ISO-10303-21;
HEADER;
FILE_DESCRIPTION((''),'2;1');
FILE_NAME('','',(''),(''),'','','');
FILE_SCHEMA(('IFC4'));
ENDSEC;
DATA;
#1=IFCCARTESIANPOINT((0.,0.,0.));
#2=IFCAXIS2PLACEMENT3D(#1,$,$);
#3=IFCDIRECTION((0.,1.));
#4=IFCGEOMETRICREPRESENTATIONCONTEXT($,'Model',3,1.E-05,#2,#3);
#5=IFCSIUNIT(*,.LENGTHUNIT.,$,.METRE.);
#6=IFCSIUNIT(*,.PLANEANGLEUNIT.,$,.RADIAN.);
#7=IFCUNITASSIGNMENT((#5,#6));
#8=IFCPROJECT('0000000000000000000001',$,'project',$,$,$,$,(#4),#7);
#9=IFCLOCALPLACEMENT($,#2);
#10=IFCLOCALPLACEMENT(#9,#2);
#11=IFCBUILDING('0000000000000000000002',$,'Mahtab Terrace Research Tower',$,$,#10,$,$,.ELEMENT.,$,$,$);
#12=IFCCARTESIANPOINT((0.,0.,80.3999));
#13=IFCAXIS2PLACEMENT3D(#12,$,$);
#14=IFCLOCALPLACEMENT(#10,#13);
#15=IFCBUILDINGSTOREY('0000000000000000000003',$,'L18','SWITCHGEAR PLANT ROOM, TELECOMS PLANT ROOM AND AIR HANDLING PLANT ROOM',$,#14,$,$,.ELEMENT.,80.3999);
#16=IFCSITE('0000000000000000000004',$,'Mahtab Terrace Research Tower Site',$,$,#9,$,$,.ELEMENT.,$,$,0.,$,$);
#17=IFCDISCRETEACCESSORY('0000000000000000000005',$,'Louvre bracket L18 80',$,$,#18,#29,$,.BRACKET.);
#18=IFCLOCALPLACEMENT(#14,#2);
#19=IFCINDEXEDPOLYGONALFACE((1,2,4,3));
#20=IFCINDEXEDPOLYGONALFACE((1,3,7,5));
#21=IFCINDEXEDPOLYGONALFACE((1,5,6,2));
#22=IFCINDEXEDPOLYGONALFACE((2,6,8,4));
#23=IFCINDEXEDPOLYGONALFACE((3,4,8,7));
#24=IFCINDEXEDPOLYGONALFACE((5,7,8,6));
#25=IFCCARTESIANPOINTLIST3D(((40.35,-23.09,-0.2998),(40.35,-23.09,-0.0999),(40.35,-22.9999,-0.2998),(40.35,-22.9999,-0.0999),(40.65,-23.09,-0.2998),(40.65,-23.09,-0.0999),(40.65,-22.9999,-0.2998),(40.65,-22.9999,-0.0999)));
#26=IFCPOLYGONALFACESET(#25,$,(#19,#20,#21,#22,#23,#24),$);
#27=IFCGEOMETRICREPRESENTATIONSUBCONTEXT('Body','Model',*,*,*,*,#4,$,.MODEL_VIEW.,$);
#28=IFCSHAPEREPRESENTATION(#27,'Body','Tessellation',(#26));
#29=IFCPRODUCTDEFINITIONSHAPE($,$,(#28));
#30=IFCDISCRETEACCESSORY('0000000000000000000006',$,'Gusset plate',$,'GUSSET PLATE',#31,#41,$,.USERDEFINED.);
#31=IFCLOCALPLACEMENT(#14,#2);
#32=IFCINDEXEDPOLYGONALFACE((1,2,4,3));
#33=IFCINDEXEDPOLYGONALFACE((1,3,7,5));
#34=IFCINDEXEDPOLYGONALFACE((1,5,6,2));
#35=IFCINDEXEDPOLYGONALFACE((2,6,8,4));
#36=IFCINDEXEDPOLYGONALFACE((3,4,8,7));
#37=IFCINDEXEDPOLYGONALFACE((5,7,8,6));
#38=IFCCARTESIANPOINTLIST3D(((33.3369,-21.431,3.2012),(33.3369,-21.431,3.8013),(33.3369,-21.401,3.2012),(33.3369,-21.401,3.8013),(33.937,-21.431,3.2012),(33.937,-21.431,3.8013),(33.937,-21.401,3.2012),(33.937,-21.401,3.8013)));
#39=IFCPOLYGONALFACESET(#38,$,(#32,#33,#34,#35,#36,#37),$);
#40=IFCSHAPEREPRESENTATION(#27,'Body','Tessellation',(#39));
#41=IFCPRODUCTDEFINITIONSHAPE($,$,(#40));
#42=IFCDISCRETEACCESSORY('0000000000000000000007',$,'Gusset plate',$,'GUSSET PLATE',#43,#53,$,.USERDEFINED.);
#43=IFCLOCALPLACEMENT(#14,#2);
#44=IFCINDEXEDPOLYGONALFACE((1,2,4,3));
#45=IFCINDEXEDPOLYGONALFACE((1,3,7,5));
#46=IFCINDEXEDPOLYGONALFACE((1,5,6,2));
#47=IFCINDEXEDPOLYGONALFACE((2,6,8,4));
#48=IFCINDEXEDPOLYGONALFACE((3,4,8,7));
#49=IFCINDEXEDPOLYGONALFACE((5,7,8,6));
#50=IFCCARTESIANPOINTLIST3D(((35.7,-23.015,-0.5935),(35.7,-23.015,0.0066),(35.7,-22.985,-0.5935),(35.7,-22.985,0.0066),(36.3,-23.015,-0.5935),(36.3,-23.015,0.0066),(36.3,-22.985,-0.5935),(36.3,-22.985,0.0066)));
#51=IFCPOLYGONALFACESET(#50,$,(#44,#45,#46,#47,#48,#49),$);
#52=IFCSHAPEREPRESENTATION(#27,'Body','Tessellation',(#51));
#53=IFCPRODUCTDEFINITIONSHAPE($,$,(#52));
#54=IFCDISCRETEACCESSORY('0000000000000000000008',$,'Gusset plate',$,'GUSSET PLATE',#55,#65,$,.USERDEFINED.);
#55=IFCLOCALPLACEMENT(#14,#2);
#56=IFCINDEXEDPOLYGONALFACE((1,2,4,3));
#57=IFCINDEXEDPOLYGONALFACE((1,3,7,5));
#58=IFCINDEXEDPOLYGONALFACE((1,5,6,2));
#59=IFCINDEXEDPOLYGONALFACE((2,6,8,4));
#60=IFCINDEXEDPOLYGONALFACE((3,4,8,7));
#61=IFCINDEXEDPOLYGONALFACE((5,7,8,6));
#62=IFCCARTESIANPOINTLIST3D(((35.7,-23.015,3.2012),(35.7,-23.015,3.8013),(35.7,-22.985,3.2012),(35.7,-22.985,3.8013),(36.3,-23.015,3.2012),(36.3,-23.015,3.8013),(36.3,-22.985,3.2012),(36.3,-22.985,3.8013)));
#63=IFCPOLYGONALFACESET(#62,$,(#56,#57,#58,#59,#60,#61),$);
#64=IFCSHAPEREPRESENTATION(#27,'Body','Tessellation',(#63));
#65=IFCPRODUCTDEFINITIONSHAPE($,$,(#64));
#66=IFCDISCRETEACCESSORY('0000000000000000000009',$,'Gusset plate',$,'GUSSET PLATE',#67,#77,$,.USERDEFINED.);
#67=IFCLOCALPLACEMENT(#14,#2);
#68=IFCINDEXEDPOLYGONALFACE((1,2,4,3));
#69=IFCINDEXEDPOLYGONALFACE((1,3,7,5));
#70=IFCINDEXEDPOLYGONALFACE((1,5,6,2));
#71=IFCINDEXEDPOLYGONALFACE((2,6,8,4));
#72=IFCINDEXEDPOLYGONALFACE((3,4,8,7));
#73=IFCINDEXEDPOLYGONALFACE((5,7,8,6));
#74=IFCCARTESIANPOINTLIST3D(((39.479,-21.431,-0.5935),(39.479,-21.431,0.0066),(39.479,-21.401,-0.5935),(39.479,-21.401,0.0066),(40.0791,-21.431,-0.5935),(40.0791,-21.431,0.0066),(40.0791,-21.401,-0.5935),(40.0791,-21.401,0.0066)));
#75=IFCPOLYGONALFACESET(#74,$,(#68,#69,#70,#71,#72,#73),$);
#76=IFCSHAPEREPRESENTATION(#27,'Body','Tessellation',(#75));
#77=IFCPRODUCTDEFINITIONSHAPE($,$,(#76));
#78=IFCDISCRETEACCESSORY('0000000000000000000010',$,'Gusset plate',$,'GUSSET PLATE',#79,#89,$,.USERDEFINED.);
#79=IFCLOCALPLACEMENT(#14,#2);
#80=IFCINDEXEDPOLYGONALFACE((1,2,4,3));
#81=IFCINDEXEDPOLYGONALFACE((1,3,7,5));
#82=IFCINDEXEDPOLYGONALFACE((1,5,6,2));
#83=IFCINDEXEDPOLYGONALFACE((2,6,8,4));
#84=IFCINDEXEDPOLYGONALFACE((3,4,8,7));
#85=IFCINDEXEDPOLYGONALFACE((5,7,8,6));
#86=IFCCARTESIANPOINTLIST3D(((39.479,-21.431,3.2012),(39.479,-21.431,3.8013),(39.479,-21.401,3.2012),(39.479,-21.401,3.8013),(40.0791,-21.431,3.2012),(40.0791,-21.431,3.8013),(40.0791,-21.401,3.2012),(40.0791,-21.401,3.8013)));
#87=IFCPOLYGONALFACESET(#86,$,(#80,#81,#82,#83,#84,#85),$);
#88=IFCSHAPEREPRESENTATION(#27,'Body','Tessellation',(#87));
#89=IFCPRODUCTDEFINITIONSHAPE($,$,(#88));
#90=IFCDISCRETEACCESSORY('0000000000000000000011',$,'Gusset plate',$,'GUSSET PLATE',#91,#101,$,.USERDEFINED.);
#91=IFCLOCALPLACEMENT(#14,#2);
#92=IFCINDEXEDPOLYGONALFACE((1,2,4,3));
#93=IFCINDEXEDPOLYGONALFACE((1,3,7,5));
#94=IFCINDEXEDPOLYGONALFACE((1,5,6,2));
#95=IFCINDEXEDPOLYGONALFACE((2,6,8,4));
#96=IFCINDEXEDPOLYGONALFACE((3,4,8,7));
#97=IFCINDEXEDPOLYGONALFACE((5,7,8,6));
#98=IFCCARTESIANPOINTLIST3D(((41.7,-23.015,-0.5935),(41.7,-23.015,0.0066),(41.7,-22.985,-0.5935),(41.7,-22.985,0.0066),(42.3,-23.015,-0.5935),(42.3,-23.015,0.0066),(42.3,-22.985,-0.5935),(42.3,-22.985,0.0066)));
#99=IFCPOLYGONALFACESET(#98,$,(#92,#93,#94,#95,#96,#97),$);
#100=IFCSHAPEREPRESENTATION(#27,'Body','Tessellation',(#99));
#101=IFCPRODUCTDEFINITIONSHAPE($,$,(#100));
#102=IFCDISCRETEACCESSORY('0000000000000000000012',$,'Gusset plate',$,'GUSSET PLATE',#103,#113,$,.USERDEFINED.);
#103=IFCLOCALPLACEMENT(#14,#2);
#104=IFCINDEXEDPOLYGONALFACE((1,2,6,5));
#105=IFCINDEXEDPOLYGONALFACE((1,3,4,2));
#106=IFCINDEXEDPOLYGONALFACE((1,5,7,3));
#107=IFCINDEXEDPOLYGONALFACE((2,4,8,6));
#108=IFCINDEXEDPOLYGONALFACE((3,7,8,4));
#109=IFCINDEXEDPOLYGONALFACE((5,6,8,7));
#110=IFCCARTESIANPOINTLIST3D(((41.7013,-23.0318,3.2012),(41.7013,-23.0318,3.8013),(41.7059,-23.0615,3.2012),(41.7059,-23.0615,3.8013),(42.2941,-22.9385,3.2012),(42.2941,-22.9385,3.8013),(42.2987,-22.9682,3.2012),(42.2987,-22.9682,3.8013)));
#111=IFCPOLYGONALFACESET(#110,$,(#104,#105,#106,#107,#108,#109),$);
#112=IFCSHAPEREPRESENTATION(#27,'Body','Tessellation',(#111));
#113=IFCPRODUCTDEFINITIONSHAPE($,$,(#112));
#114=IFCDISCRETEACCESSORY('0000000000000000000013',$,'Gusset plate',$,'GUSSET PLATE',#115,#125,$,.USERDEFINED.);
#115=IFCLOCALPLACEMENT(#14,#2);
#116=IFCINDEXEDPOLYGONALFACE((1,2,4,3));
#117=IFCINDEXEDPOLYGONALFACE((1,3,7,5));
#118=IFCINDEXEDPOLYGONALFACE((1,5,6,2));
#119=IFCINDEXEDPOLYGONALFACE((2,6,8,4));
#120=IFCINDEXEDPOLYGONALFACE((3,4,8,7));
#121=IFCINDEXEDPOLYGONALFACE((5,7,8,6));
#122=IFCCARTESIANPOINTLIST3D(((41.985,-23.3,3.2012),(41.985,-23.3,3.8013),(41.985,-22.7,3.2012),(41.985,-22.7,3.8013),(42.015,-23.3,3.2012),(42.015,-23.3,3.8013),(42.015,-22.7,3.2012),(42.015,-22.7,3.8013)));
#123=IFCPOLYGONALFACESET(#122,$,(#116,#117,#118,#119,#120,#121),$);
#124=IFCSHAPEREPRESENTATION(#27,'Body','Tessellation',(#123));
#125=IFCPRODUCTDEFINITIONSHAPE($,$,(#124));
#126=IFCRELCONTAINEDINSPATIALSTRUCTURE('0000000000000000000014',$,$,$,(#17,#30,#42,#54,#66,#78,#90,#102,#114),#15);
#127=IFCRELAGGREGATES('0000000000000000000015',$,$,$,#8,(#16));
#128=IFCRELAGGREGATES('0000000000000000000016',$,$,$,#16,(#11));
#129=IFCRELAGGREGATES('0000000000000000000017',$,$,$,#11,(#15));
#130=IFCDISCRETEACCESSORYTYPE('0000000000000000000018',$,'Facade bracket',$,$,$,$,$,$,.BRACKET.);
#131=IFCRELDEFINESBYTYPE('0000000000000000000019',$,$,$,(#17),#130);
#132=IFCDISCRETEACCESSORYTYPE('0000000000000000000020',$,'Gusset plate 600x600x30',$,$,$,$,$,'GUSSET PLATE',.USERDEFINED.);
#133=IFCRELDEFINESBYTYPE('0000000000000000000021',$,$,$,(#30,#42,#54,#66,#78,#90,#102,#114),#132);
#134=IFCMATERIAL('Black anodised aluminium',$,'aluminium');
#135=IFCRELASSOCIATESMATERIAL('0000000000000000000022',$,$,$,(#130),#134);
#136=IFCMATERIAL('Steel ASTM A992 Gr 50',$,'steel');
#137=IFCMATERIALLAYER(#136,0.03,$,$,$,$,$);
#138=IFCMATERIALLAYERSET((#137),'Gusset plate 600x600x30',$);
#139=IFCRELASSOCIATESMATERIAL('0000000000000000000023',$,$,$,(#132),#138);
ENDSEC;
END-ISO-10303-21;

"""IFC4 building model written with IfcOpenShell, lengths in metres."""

from ifc_helpers import new_model, si_unit, direction, frame, origin, origin_2d, place, context, subcontext, project, spatial, rectangle, extrude, material, layer, layer_set, type_object, element, save


model = new_model("IFC4")

# Units and contexts
model_context = context("Model", 3, precision=1e-05, world=origin(), true_north=direction((0.0, 1.0)))
body_context = subcontext(model_context, "Body", "Model", "MODEL_VIEW")
ifc_project = project(units=[si_unit("LENGTHUNIT", "METRE"), si_unit("PLANEANGLEUNIT", "RADIAN")], contexts=[model_context])

# Site, building, storey
site_placement = place(None, origin())
site = spatial("IfcSite", under=ifc_project, at=site_placement, Name="Mahtab Terrace Research Tower Site", CompositionType="ELEMENT", RefElevation=0.0)
building_placement = place(site_placement, origin())
building = spatial("IfcBuilding", under=site, at=building_placement, Name="Mahtab Terrace Research Tower", CompositionType="ELEMENT")
storey_placement = place(building_placement, frame((0.0, 0.0, 80.3999)))
storey = spatial("IfcBuildingStorey", under=building, at=storey_placement, Name="L18", Description="SWITCHGEAR PLANT ROOM, TELECOMS PLANT ROOM AND AIR HANDLING PLANT ROOM", CompositionType="ELEMENT", Elevation=80.3999)

# Shared definitions
ifc_material_1 = material(Name="Steel ASTM A992 Gr 50", Category="steel")

# Discrete accessories
ifc_material_2 = material(Name="Black anodised aluminium", Category="aluminium")
discrete_accessory_type_1 = type_object("IfcDiscreteAccessoryType", Name="Facade bracket", PredefinedType="BRACKET", material=ifc_material_2)
for number, where, z_axis, x_axis, name in (
    (1, (40.5, -23.0449, -0.2998), (0.0, 0.0, 1.0), (1.0, 0.0, 0.0), "Louvre bracket L18 80"),
):
    element("IfcDiscreteAccessory", number, at=place(storey_placement, frame(where, z_axis=z_axis, x_axis=x_axis)), inside=storey, type_object=discrete_accessory_type_1, Name=name, PredefinedType="BRACKET", context=body_context, shape_type="SweptSolid", body=[
        extrude(rectangle(XDim=0.3, YDim=0.0901, at=origin_2d()), origin(), (0.0, 0.0, 1.0), 0.2),
    ])
ifc_layer = layer(ifc_material_1, 0.03)
ifc_layer_set = layer_set([ifc_layer], Name="Gusset plate 600x600x30")
discrete_accessory_type_2 = type_object("IfcDiscreteAccessoryType", Name="Gusset plate 600x600x30", ElementType="GUSSET PLATE", PredefinedType="USERDEFINED", material=ifc_layer_set)
for number, where, z_axis, x_axis, name in (
    (2, (33.637, -21.416, 3.2012), (0.0, 0.0, 1.0), (1.0, 0.0, 0.0), "Gusset plate"),
    (3, (36.0, -23.0, -0.5935), (0.0, 0.0, 1.0), (1.0, 0.0, 0.0), "Gusset plate"),
    (4, (36.0, -23.0, 3.2012), (0.0, 0.0, 1.0), (1.0, 0.0, 0.0), "Gusset plate"),
    (5, (39.7791, -21.416, -0.5935), (0.0, 0.0, 1.0), (1.0, 0.0, 0.0), "Gusset plate"),
    (6, (39.7791, -21.416, 3.2012), (0.0, 0.0, 1.0), (1.0, 0.0, 0.0), "Gusset plate"),
    (7, (42.0, -23.0, -0.5935), (0.0, 0.0, 1.0), (1.0, 0.0, 0.0), "Gusset plate"),
    (8, (42.0, -23.0, 3.2012), (0.0, 0.0, 1.0), (0.987835, 0.155504, 0.0), "Gusset plate"),
    (9, (42.0, -23.0, 3.2012), (0.0, 0.0, 1.0), (0.0, 1.0, 0.0), "Gusset plate"),
):
    element("IfcDiscreteAccessory", number, at=place(storey_placement, frame(where, z_axis=z_axis, x_axis=x_axis)), inside=storey, type_object=discrete_accessory_type_2, Name=name, ObjectType="GUSSET PLATE", PredefinedType="USERDEFINED", context=body_context, shape_type="SweptSolid", body=[
        extrude(rectangle(XDim=0.6001, YDim=0.03, at=origin_2d()), origin(), (0.0, 0.0, 1.0), 0.6001),
    ])

save(model, "model.ifc")
